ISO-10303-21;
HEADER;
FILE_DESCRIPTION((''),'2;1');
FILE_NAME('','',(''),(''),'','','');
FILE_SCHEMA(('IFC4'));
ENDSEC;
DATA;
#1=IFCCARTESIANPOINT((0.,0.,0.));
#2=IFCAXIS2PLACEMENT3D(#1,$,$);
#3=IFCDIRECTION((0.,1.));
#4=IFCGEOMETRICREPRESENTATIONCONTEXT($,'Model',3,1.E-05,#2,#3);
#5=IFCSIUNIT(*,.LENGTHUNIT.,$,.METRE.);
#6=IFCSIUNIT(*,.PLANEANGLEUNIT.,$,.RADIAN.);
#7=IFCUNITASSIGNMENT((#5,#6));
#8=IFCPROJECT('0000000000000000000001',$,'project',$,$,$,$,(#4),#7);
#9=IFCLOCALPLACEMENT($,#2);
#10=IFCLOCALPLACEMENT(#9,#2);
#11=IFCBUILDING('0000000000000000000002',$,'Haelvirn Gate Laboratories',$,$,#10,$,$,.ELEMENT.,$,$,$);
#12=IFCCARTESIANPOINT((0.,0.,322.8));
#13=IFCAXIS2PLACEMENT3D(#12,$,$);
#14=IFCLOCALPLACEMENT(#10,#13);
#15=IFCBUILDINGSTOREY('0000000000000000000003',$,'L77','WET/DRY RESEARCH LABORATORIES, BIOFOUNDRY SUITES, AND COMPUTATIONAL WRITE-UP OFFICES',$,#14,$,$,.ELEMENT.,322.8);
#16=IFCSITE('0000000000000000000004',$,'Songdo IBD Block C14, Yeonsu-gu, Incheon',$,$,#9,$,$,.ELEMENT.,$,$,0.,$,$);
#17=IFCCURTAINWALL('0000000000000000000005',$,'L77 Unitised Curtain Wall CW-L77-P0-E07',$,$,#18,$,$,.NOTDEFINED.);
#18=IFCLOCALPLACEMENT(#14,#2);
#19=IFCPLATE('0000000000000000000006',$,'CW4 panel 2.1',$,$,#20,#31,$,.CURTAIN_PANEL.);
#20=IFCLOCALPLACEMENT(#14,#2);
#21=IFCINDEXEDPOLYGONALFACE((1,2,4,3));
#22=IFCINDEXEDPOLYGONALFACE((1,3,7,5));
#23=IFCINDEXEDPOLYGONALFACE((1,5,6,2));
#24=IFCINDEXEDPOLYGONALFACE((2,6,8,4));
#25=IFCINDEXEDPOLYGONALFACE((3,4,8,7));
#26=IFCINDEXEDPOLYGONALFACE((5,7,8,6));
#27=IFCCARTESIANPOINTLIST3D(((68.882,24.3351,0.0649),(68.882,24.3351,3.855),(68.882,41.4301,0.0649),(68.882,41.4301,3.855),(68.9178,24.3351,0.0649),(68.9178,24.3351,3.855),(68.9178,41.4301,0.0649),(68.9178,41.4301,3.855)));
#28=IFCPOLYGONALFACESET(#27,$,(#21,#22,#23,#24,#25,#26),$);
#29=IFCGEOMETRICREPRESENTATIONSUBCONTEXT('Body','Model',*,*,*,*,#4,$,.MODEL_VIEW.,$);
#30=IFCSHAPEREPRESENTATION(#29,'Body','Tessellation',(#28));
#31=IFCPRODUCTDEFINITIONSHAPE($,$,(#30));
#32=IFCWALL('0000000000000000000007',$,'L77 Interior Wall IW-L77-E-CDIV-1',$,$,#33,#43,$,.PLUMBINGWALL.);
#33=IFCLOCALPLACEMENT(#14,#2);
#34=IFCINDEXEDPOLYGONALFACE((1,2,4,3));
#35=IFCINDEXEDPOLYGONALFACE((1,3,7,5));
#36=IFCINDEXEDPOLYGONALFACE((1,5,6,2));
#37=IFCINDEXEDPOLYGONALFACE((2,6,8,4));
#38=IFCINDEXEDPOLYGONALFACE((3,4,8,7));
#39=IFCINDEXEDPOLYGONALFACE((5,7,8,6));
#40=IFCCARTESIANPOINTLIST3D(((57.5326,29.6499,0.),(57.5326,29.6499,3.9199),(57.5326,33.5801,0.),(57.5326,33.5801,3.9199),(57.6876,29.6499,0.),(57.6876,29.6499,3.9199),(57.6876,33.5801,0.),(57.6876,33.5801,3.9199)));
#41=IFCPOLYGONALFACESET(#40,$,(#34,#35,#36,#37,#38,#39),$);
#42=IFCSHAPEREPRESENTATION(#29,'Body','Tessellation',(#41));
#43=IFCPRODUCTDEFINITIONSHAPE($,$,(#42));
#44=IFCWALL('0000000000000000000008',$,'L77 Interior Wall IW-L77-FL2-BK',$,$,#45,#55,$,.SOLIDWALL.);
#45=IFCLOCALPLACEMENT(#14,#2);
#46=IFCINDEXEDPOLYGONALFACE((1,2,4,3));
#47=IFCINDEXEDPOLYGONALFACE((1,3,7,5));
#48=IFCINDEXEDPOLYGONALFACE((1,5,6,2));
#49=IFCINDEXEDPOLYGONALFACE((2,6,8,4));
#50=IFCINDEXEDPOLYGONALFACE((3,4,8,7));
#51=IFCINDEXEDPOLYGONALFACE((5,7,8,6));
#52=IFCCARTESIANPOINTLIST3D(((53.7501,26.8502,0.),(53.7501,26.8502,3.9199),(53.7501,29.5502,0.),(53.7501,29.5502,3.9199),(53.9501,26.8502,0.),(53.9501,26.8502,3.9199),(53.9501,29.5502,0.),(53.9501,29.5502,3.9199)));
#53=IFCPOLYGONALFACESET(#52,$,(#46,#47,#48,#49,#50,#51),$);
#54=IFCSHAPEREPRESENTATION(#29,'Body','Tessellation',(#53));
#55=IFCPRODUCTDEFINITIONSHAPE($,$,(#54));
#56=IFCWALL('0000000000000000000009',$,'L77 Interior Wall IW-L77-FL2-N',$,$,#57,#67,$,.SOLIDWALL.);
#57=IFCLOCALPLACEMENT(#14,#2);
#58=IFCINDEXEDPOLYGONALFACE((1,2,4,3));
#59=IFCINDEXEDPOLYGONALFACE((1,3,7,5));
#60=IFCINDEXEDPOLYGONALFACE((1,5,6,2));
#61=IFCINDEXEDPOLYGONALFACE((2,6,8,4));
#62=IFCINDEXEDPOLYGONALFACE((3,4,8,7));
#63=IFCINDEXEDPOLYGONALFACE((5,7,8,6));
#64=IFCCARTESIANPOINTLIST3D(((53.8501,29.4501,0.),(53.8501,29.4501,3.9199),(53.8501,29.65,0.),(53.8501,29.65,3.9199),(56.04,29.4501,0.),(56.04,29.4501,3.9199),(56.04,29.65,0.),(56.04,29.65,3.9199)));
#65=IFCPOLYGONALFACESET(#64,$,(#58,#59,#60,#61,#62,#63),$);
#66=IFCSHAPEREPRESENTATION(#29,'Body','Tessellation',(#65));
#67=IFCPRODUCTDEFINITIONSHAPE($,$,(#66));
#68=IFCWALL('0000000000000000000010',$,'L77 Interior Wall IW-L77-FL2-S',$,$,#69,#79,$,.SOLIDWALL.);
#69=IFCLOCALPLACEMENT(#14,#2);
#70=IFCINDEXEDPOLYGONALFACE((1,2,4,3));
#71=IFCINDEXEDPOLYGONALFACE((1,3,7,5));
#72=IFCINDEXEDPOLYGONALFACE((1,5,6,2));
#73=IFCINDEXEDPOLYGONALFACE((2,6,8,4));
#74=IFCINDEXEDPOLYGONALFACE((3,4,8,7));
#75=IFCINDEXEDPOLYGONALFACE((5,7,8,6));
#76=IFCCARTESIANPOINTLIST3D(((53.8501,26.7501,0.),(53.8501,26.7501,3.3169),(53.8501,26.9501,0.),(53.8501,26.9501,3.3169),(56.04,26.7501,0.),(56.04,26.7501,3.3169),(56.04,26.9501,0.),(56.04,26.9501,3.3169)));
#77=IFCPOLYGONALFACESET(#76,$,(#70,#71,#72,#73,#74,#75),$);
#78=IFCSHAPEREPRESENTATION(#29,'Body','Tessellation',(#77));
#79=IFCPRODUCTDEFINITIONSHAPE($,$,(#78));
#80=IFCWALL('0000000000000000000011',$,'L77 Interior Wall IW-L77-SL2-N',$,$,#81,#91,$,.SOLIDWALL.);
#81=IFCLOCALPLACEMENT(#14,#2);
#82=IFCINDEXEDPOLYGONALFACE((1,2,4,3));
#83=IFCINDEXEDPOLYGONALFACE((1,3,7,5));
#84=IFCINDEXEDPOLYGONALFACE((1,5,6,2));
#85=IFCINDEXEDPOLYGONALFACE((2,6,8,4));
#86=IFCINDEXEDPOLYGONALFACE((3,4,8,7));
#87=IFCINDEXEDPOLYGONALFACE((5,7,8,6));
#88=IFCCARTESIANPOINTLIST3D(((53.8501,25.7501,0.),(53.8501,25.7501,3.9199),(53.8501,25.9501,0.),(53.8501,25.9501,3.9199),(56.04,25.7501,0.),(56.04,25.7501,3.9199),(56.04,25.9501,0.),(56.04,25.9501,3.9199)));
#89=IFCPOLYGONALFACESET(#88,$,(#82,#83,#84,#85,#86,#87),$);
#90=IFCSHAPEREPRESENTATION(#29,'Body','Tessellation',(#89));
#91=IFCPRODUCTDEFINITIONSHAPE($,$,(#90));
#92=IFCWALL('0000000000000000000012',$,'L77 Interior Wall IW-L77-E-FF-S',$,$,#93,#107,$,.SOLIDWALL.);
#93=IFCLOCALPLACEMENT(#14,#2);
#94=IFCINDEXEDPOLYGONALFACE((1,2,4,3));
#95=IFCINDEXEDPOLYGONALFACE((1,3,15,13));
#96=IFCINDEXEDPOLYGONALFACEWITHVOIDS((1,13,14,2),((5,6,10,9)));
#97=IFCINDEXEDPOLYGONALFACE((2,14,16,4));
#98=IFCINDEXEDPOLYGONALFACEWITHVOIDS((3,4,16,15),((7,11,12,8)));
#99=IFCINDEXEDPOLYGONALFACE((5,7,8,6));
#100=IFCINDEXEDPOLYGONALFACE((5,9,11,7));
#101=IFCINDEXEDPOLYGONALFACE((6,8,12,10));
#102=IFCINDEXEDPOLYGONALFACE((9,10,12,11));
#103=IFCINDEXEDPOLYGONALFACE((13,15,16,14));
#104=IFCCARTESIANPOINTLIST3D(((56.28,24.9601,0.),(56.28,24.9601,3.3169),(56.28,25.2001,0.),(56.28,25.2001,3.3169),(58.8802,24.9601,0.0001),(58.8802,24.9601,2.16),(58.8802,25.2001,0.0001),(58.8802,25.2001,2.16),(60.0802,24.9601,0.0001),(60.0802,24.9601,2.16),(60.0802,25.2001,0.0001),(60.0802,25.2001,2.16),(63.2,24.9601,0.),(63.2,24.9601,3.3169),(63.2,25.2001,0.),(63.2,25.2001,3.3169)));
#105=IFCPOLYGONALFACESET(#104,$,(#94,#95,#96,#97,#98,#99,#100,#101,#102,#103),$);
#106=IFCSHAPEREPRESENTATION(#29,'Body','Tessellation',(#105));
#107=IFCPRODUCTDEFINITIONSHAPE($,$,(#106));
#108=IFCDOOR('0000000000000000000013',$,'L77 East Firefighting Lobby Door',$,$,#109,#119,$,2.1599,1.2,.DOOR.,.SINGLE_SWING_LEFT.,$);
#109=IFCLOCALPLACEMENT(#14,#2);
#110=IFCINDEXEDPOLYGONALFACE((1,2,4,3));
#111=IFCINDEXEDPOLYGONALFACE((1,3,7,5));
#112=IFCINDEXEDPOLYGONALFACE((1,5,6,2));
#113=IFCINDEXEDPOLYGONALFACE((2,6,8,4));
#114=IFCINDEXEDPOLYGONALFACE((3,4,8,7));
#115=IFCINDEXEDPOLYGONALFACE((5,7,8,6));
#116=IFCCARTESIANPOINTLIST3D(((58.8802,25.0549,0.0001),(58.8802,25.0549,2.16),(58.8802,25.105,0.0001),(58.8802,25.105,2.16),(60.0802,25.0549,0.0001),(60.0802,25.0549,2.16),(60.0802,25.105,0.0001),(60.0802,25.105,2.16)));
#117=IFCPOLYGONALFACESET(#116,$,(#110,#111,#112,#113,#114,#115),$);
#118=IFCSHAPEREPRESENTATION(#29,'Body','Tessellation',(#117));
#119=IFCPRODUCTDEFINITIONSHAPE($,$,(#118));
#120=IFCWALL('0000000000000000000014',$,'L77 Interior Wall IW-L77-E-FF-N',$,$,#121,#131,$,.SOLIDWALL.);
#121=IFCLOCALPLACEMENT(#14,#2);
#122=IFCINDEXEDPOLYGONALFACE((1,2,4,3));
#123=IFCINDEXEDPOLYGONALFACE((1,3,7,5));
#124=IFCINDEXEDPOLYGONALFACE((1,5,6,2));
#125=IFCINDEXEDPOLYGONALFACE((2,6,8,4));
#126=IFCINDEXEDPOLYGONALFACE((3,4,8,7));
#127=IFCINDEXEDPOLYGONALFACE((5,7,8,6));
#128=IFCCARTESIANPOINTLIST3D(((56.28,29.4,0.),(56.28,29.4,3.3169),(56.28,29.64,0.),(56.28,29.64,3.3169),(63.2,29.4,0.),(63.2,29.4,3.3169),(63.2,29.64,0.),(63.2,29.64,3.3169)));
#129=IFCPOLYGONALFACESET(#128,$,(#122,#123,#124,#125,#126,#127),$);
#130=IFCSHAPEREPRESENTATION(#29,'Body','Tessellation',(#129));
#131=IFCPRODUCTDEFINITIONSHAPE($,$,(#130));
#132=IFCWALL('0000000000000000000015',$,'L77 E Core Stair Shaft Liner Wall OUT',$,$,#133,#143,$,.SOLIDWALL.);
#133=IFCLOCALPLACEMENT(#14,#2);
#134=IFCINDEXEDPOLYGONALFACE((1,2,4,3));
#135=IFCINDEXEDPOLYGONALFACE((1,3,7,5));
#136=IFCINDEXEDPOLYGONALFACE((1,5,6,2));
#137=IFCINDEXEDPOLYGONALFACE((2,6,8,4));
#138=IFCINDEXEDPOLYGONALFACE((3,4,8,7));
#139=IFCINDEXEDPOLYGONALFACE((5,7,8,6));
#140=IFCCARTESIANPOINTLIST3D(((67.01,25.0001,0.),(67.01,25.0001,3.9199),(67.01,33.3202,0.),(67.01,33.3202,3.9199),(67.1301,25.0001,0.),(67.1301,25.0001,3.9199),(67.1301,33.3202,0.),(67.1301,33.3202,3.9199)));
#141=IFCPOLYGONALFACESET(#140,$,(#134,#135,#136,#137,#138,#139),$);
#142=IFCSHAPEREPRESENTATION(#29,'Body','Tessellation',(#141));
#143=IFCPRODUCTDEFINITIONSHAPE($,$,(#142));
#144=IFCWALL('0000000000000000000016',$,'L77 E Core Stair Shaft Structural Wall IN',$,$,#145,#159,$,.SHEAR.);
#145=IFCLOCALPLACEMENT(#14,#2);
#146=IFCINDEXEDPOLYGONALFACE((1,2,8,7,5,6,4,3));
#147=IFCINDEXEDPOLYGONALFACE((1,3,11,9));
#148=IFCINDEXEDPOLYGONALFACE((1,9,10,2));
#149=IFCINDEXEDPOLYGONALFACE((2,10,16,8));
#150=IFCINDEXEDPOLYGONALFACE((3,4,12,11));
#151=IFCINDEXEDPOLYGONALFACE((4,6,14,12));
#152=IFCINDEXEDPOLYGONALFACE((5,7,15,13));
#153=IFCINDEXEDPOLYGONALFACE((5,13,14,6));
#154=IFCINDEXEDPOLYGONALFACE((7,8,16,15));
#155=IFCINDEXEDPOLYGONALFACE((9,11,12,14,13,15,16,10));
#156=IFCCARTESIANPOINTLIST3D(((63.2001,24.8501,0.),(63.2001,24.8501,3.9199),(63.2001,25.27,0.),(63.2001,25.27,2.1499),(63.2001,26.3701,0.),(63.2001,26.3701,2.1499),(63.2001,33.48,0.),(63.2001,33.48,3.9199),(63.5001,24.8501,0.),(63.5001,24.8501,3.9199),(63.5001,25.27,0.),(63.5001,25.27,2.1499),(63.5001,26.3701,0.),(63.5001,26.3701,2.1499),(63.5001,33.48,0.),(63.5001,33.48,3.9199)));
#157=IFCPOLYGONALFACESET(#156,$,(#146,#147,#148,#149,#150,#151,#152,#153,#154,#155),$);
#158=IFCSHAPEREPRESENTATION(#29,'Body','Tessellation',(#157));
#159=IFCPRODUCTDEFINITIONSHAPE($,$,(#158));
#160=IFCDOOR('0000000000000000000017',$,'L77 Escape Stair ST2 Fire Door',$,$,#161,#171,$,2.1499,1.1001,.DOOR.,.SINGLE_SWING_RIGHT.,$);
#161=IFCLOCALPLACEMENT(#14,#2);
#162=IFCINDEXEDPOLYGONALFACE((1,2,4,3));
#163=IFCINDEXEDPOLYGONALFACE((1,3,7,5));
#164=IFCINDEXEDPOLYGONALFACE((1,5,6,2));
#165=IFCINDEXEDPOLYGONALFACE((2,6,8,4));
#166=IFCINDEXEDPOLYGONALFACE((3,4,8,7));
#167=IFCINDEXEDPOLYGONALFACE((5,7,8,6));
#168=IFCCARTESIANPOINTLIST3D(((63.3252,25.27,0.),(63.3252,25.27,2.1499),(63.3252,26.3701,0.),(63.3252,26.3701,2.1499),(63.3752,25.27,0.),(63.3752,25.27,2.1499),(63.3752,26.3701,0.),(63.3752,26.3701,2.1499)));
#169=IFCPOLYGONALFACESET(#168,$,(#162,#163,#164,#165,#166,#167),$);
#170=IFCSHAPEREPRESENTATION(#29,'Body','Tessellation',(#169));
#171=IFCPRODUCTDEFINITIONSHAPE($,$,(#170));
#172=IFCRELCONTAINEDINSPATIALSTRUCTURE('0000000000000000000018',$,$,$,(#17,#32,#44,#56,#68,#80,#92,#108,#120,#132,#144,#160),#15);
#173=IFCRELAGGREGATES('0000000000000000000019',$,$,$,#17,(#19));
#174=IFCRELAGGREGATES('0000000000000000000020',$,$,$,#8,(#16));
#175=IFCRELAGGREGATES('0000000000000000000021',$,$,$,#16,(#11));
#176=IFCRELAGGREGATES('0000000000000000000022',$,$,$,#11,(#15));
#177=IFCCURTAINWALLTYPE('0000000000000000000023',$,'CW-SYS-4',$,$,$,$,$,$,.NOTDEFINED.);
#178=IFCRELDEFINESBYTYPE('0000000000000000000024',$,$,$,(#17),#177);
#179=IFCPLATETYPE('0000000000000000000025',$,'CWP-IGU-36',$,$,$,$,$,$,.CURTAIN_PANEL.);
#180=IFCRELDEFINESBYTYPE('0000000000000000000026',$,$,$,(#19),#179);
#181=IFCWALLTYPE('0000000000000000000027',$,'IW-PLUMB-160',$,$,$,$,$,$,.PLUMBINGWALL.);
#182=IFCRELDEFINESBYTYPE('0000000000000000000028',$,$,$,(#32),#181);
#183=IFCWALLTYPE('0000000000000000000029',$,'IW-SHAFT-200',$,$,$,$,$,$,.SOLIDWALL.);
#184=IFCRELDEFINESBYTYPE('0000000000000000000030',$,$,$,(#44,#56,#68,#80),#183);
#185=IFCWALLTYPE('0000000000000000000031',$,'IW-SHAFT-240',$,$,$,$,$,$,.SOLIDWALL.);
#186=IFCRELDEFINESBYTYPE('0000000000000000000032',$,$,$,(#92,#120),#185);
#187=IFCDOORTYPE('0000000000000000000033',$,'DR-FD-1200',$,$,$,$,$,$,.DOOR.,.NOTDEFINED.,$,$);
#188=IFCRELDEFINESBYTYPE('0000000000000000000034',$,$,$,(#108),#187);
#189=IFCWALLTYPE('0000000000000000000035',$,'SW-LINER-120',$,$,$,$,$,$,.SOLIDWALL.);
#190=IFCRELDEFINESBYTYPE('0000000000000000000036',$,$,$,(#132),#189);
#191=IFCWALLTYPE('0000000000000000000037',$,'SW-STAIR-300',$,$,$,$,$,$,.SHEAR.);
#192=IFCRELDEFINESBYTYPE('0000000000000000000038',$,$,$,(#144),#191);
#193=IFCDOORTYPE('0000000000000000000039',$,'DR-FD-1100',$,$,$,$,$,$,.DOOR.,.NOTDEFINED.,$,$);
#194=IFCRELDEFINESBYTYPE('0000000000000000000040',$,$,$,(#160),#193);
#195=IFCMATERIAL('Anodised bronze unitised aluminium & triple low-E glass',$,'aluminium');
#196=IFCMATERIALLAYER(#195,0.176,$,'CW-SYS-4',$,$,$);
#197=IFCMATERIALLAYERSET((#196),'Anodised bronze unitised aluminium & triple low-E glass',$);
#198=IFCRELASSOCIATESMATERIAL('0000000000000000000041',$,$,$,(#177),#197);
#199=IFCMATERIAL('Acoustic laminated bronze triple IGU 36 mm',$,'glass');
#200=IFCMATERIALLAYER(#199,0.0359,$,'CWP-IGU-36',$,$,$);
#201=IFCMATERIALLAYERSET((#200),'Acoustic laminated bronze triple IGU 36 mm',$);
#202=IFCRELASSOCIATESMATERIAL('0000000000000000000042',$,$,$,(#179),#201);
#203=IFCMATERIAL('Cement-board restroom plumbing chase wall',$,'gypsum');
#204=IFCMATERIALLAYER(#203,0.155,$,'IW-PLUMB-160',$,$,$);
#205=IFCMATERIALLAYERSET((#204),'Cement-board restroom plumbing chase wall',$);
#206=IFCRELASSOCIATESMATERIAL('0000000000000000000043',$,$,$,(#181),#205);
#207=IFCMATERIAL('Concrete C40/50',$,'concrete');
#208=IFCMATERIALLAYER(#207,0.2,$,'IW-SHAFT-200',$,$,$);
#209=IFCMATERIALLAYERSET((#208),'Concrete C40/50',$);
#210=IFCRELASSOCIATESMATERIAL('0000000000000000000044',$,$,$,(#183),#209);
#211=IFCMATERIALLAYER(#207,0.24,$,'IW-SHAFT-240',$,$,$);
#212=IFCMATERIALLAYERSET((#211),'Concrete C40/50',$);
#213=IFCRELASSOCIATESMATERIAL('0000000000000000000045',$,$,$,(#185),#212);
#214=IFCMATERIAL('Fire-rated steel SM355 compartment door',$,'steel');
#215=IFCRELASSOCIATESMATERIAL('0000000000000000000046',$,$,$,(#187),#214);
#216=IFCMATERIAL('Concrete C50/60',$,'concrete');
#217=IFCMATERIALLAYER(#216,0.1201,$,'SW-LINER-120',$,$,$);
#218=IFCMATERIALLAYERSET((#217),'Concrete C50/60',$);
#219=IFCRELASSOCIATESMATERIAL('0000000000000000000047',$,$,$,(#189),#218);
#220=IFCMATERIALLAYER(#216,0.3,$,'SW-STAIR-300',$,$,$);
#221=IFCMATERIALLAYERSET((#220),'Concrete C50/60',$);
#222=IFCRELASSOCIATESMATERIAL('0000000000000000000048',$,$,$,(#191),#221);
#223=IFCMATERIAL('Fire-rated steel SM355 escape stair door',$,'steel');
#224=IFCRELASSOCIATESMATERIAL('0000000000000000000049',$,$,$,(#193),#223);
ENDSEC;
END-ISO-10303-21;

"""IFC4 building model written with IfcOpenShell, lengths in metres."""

from ifc_helpers import new_model, si_unit, direction, frame, frame_2d, origin, origin_2d, place, context, subcontext, project, spatial, rectangle, extrude, source, transform, mapped, material, layer, layer_set, type_object, type_shapes, element, fill, aggregate, save


model = new_model("IFC4")

# Units and contexts
model_context = context("Model", 3, precision=1e-05, world=origin(), true_north=direction((0.0, 1.0)))
body_context = subcontext(model_context, "Body", "Model", "MODEL_VIEW")
ifc_project = project(units=[si_unit("LENGTHUNIT", "METRE"), si_unit("PLANEANGLEUNIT", "RADIAN")], contexts=[model_context])

# Site, building, storey
site_placement = place(None, origin())
site = spatial("IfcSite", under=ifc_project, at=site_placement, Name="Songdo IBD Block C14, Yeonsu-gu, Incheon", CompositionType="ELEMENT", RefElevation=0.0)
building_placement = place(site_placement, origin())
building = spatial("IfcBuilding", under=site, at=building_placement, Name="Haelvirn Gate Laboratories", CompositionType="ELEMENT")
storey_placement = place(building_placement, frame((0.0, 0.0, 322.8)))
storey = spatial("IfcBuildingStorey", under=building, at=storey_placement, Name="L77", Description="WET/DRY RESEARCH LABORATORIES, BIOFOUNDRY SUITES, AND COMPUTATIONAL WRITE-UP OFFICES", CompositionType="ELEMENT", Elevation=322.8)

# Curtain wall, plate
ifc_material_1 = material(Name="Anodised bronze unitised aluminium & triple low-E glass", Category="aluminium")
ifc_layer_1 = layer(ifc_material_1, 0.176, Name="CW-SYS-4")
ifc_layer_set_1 = layer_set([ifc_layer_1], Name="Anodised bronze unitised aluminium & triple low-E glass")
curtain_wall_type = type_object("IfcCurtainWallType", Name="CW-SYS-4", PredefinedType="NOTDEFINED", material=ifc_layer_set_1)
curtain_wall_placement = place(storey_placement, origin())
curtain_wall = element("IfcCurtainWall", 1, at=curtain_wall_placement, inside=storey, type_object=curtain_wall_type, Name="L77 Unitised Curtain Wall CW-L77-P0-E07", PredefinedType="NOTDEFINED")
ifc_material_2 = material(Name="Acoustic laminated bronze triple IGU 36 mm", Category="glass")
ifc_layer_2 = layer(ifc_material_2, 0.0359, Name="CWP-IGU-36")
ifc_layer_set_2 = layer_set([ifc_layer_2], Name="Acoustic laminated bronze triple IGU 36 mm")
plate_type = type_object("IfcPlateType", Name="CWP-IGU-36", PredefinedType="CURTAIN_PANEL", material=ifc_layer_set_2)
shared_shape_1 = source(origin(), body_context, "Body", "SweptSolid", [
    extrude(rectangle(XDim=17.095, YDim=0.0359, at=origin_2d()), origin(), (0.0, 0.0, 1.0), 3.79),
])
type_shapes(plate_type, [shared_shape_1])
plate_placement = place(storey_placement, frame((68.8999, 32.8826, 0.0649), z_axis=(0.0, 0.0, 1.0), x_axis=(0.0, 1.0, 0.0)))
plate = element("IfcPlate", 2, at=plate_placement, type_object=plate_type, Name="CW4 panel 2.1", PredefinedType="CURTAIN_PANEL", context=body_context, shape_type="MappedRepresentation", body=[
    mapped(shared_shape_1, transform((0.0, 0.0, 0.0), scale=1.0)),
])
aggregate(curtain_wall, [plate])

# Walls
ifc_material_3 = material(Name="Cement-board restroom plumbing chase wall", Category="gypsum")
ifc_layer_3 = layer(ifc_material_3, 0.155, Name="IW-PLUMB-160")
ifc_layer_set_3 = layer_set([ifc_layer_3], Name="Cement-board restroom plumbing chase wall")
wall_type_1 = type_object("IfcWallType", Name="IW-PLUMB-160", PredefinedType="PLUMBINGWALL", material=ifc_layer_set_3)
wall_1_placement = place(storey_placement, frame((57.6101, 29.6499, 0.0), z_axis=(0.0, 0.0, 1.0), x_axis=(0.0, 1.0, 0.0)))
element("IfcWall", 3, at=wall_1_placement, inside=storey, type_object=wall_type_1, Name="L77 Interior Wall IW-L77-E-CDIV-1", PredefinedType="PLUMBINGWALL", context=body_context, shape_type="SweptSolid", body=[
    extrude(rectangle(XDim=3.9302, YDim=0.155, at=frame_2d((1.9651, 0.0))), origin(), (0.0, 0.0, 1.0), 3.9199),
])
ifc_material_4 = material(Name="Concrete C40/50", Category="concrete")
ifc_layer_4 = layer(ifc_material_4, 0.2, Name="IW-SHAFT-200")
ifc_layer_set_4 = layer_set([ifc_layer_4], Name="Concrete C40/50")
wall_type_2 = type_object("IfcWallType", Name="IW-SHAFT-200", PredefinedType="SOLIDWALL", material=ifc_layer_set_4)
wall_2_placement = place(storey_placement, frame((53.8501, 26.8501, 0.0), z_axis=(0.0, 0.0, 1.0), x_axis=(0.0, 1.0, 0.0)))
element("IfcWall", 4, at=wall_2_placement, inside=storey, type_object=wall_type_2, Name="L77 Interior Wall IW-L77-FL2-BK", PredefinedType="SOLIDWALL", context=body_context, shape_type="SweptSolid", body=[
    extrude(rectangle(XDim=2.7, YDim=0.2, at=frame_2d((1.3501, 0.0))), origin(), (0.0, 0.0, 1.0), 3.9199),
])
wall_3_placement = place(storey_placement, frame((53.8501, 29.55, 0.0), z_axis=(0.0, 0.0, 1.0), x_axis=(1.0, 0.0, 0.0)))
element("IfcWall", 5, at=wall_3_placement, inside=storey, type_object=wall_type_2, Name="L77 Interior Wall IW-L77-FL2-N", PredefinedType="SOLIDWALL", context=body_context, shape_type="SweptSolid", body=[
    extrude(rectangle(XDim=2.1899, YDim=0.2, at=frame_2d((1.095, 0.0))), origin(), (0.0, 0.0, 1.0), 3.9199),
])
wall_4_placement = place(storey_placement, frame((53.8501, 26.8501, 0.0), z_axis=(0.0, 0.0, 1.0), x_axis=(1.0, 0.0, 0.0)))
element("IfcWall", 6, at=wall_4_placement, inside=storey, type_object=wall_type_2, Name="L77 Interior Wall IW-L77-FL2-S", PredefinedType="SOLIDWALL", context=body_context, shape_type="SweptSolid", body=[
    extrude(rectangle(XDim=2.1899, YDim=0.2, at=frame_2d((1.095, 0.0))), origin(), (0.0, 0.0, 1.0), 3.3169),
])
wall_5_placement = place(storey_placement, frame((53.8501, 25.8501, 0.0), z_axis=(0.0, 0.0, 1.0), x_axis=(1.0, 0.0, 0.0)))
element("IfcWall", 7, at=wall_5_placement, inside=storey, type_object=wall_type_2, Name="L77 Interior Wall IW-L77-SL2-N", PredefinedType="SOLIDWALL", context=body_context, shape_type="SweptSolid", body=[
    extrude(rectangle(XDim=2.1899, YDim=0.2, at=frame_2d((1.095, 0.0))), origin(), (0.0, 0.0, 1.0), 3.9199),
])

# Wall, opening, door
ifc_layer_5 = layer(ifc_material_4, 0.24, Name="IW-SHAFT-240")
ifc_layer_set_5 = layer_set([ifc_layer_5], Name="Concrete C40/50")
wall_type_3 = type_object("IfcWallType", Name="IW-SHAFT-240", PredefinedType="SOLIDWALL", material=ifc_layer_set_5)
wall_6_placement = place(storey_placement, frame((56.28, 25.0801, 0.0), z_axis=(0.0, 0.0, 1.0), x_axis=(1.0, 0.0, 0.0)))
wall_6 = element("IfcWall", 8, at=wall_6_placement, inside=storey, type_object=wall_type_3, Name="L77 Interior Wall IW-L77-E-FF-S", PredefinedType="SOLIDWALL", context=body_context, shape_type="SweptSolid", body=[
    extrude(rectangle(XDim=6.9199, YDim=0.24, at=frame_2d((3.46, 0.0))), origin(), (0.0, 0.0, 1.0), 3.3169),
])
opening_1_placement = place(wall_6_placement, frame((2.6001, 0.0, 0.0)))
opening_1 = element("IfcOpeningElement", 9, at=opening_1_placement, cuts=wall_6, PredefinedType="OPENING", context=body_context, shape_type="SweptSolid", body=[
    extrude(rectangle(XDim=1.2, YDim=2.1599, at=frame_2d((0.6001, 1.0801))), frame((0.0, 0.1299, 0.0), z_axis=(0.0, -1.0, 0.0), x_axis=(1.0, 0.0, 0.0)), (0.0, 0.0, 1.0), 0.26),
])
ifc_material_5 = material(Name="Fire-rated steel SM355 compartment door", Category="steel")
door_type_1 = type_object("IfcDoorType", Name="DR-FD-1200", OperationType="NOTDEFINED", PredefinedType="DOOR", material=ifc_material_5)
shared_shape_2 = source(origin(), body_context, "Body", "SweptSolid", [
    extrude(rectangle(XDim=1.2, YDim=2.1599, at=frame_2d((0.6001, 1.0801))), frame((0.0, 0.0249, 0.0), z_axis=(0.0, -1.0, 0.0), x_axis=(1.0, 0.0, 0.0)), (0.0, 0.0, 1.0), 0.05),
])
type_shapes(door_type_1, [shared_shape_2])
door_1_placement = place(opening_1_placement, origin())
door_1 = element("IfcDoor", 10, at=door_1_placement, inside=storey, type_object=door_type_1, Name="L77 East Firefighting Lobby Door", OperationType="SINGLE_SWING_LEFT", OverallHeight=2.1599, OverallWidth=1.2, PredefinedType="DOOR", context=body_context, shape_type="MappedRepresentation", body=[
    mapped(shared_shape_2, transform((0.0, 0.0, 0.0), scale=1.0)),
])
fill(opening_1, door_1)

# Walls
wall_7_placement = place(storey_placement, frame((56.28, 29.52, 0.0), z_axis=(0.0, 0.0, 1.0), x_axis=(1.0, 0.0, 0.0)))
element("IfcWall", 11, at=wall_7_placement, inside=storey, type_object=wall_type_3, Name="L77 Interior Wall IW-L77-E-FF-N", PredefinedType="SOLIDWALL", context=body_context, shape_type="SweptSolid", body=[
    extrude(rectangle(XDim=6.9199, YDim=0.24, at=frame_2d((3.46, 0.0))), origin(), (0.0, 0.0, 1.0), 3.3169),
])
ifc_material_6 = material(Name="Concrete C50/60", Category="concrete")
ifc_layer_6 = layer(ifc_material_6, 0.1201, Name="SW-LINER-120")
ifc_layer_set_6 = layer_set([ifc_layer_6], Name="Concrete C50/60")
wall_type_4 = type_object("IfcWallType", Name="SW-LINER-120", PredefinedType="SOLIDWALL", material=ifc_layer_set_6)
wall_8_placement = place(storey_placement, frame((67.0701, 25.0, 0.0), z_axis=(0.0, 0.0, 1.0), x_axis=(0.0, 1.0, 0.0)))
element("IfcWall", 12, at=wall_8_placement, inside=storey, type_object=wall_type_4, Name="L77 E Core Stair Shaft Liner Wall OUT", PredefinedType="SOLIDWALL", context=body_context, shape_type="SweptSolid", body=[
    extrude(rectangle(XDim=8.3201, YDim=0.1201, at=frame_2d((4.1602, 0.0))), origin(), (0.0, 0.0, 1.0), 3.9199),
])

# Wall, opening, door
ifc_layer_7 = layer(ifc_material_6, 0.3, Name="SW-STAIR-300")
ifc_layer_set_7 = layer_set([ifc_layer_7], Name="Concrete C50/60")
wall_type_5 = type_object("IfcWallType", Name="SW-STAIR-300", PredefinedType="SHEAR", material=ifc_layer_set_7)
wall_9_placement = place(storey_placement, frame((63.3501, 24.8501, 0.0), z_axis=(0.0, 0.0, 1.0), x_axis=(0.0, 1.0, 0.0)))
wall_9 = element("IfcWall", 13, at=wall_9_placement, inside=storey, type_object=wall_type_5, Name="L77 E Core Stair Shaft Structural Wall IN", PredefinedType="SHEAR", context=body_context, shape_type="SweptSolid", body=[
    extrude(rectangle(XDim=8.6299, YDim=0.3, at=frame_2d((4.3149, 0.0))), origin(), (0.0, 0.0, 1.0), 3.9199),
])
opening_2_placement = place(wall_9_placement, frame((0.4199, 0.0, 0.0)))
opening_2 = element("IfcOpeningElement", 14, at=opening_2_placement, cuts=wall_9, PredefinedType="OPENING", context=body_context, shape_type="SweptSolid", body=[
    extrude(rectangle(XDim=1.1001, YDim=2.1499, at=frame_2d((0.55, 1.075))), frame((0.0, 0.1602, 0.0), z_axis=(0.0, -1.0, 0.0), x_axis=(1.0, 0.0, 0.0)), (0.0, 0.0, 1.0), 0.3201),
])
ifc_material_7 = material(Name="Fire-rated steel SM355 escape stair door", Category="steel")
door_type_2 = type_object("IfcDoorType", Name="DR-FD-1100", OperationType="NOTDEFINED", PredefinedType="DOOR", material=ifc_material_7)
shared_shape_3 = source(origin(), body_context, "Body", "SweptSolid", [
    extrude(rectangle(XDim=1.1001, YDim=2.1499, at=frame_2d((0.55, 1.075))), frame((0.0, 0.0249, 0.0), z_axis=(0.0, -1.0, 0.0), x_axis=(1.0, 0.0, 0.0)), (0.0, 0.0, 1.0), 0.05),
])
type_shapes(door_type_2, [shared_shape_3])
door_2_placement = place(opening_2_placement, origin())
door_2 = element("IfcDoor", 15, at=door_2_placement, inside=storey, type_object=door_type_2, Name="L77 Escape Stair ST2 Fire Door", OperationType="SINGLE_SWING_RIGHT", OverallHeight=2.1499, OverallWidth=1.1001, PredefinedType="DOOR", context=body_context, shape_type="MappedRepresentation", body=[
    mapped(shared_shape_3, transform((0.0, 0.0, 0.0), scale=1.0)),
])
fill(opening_2, door_2)

save(model, "model.ifc")
